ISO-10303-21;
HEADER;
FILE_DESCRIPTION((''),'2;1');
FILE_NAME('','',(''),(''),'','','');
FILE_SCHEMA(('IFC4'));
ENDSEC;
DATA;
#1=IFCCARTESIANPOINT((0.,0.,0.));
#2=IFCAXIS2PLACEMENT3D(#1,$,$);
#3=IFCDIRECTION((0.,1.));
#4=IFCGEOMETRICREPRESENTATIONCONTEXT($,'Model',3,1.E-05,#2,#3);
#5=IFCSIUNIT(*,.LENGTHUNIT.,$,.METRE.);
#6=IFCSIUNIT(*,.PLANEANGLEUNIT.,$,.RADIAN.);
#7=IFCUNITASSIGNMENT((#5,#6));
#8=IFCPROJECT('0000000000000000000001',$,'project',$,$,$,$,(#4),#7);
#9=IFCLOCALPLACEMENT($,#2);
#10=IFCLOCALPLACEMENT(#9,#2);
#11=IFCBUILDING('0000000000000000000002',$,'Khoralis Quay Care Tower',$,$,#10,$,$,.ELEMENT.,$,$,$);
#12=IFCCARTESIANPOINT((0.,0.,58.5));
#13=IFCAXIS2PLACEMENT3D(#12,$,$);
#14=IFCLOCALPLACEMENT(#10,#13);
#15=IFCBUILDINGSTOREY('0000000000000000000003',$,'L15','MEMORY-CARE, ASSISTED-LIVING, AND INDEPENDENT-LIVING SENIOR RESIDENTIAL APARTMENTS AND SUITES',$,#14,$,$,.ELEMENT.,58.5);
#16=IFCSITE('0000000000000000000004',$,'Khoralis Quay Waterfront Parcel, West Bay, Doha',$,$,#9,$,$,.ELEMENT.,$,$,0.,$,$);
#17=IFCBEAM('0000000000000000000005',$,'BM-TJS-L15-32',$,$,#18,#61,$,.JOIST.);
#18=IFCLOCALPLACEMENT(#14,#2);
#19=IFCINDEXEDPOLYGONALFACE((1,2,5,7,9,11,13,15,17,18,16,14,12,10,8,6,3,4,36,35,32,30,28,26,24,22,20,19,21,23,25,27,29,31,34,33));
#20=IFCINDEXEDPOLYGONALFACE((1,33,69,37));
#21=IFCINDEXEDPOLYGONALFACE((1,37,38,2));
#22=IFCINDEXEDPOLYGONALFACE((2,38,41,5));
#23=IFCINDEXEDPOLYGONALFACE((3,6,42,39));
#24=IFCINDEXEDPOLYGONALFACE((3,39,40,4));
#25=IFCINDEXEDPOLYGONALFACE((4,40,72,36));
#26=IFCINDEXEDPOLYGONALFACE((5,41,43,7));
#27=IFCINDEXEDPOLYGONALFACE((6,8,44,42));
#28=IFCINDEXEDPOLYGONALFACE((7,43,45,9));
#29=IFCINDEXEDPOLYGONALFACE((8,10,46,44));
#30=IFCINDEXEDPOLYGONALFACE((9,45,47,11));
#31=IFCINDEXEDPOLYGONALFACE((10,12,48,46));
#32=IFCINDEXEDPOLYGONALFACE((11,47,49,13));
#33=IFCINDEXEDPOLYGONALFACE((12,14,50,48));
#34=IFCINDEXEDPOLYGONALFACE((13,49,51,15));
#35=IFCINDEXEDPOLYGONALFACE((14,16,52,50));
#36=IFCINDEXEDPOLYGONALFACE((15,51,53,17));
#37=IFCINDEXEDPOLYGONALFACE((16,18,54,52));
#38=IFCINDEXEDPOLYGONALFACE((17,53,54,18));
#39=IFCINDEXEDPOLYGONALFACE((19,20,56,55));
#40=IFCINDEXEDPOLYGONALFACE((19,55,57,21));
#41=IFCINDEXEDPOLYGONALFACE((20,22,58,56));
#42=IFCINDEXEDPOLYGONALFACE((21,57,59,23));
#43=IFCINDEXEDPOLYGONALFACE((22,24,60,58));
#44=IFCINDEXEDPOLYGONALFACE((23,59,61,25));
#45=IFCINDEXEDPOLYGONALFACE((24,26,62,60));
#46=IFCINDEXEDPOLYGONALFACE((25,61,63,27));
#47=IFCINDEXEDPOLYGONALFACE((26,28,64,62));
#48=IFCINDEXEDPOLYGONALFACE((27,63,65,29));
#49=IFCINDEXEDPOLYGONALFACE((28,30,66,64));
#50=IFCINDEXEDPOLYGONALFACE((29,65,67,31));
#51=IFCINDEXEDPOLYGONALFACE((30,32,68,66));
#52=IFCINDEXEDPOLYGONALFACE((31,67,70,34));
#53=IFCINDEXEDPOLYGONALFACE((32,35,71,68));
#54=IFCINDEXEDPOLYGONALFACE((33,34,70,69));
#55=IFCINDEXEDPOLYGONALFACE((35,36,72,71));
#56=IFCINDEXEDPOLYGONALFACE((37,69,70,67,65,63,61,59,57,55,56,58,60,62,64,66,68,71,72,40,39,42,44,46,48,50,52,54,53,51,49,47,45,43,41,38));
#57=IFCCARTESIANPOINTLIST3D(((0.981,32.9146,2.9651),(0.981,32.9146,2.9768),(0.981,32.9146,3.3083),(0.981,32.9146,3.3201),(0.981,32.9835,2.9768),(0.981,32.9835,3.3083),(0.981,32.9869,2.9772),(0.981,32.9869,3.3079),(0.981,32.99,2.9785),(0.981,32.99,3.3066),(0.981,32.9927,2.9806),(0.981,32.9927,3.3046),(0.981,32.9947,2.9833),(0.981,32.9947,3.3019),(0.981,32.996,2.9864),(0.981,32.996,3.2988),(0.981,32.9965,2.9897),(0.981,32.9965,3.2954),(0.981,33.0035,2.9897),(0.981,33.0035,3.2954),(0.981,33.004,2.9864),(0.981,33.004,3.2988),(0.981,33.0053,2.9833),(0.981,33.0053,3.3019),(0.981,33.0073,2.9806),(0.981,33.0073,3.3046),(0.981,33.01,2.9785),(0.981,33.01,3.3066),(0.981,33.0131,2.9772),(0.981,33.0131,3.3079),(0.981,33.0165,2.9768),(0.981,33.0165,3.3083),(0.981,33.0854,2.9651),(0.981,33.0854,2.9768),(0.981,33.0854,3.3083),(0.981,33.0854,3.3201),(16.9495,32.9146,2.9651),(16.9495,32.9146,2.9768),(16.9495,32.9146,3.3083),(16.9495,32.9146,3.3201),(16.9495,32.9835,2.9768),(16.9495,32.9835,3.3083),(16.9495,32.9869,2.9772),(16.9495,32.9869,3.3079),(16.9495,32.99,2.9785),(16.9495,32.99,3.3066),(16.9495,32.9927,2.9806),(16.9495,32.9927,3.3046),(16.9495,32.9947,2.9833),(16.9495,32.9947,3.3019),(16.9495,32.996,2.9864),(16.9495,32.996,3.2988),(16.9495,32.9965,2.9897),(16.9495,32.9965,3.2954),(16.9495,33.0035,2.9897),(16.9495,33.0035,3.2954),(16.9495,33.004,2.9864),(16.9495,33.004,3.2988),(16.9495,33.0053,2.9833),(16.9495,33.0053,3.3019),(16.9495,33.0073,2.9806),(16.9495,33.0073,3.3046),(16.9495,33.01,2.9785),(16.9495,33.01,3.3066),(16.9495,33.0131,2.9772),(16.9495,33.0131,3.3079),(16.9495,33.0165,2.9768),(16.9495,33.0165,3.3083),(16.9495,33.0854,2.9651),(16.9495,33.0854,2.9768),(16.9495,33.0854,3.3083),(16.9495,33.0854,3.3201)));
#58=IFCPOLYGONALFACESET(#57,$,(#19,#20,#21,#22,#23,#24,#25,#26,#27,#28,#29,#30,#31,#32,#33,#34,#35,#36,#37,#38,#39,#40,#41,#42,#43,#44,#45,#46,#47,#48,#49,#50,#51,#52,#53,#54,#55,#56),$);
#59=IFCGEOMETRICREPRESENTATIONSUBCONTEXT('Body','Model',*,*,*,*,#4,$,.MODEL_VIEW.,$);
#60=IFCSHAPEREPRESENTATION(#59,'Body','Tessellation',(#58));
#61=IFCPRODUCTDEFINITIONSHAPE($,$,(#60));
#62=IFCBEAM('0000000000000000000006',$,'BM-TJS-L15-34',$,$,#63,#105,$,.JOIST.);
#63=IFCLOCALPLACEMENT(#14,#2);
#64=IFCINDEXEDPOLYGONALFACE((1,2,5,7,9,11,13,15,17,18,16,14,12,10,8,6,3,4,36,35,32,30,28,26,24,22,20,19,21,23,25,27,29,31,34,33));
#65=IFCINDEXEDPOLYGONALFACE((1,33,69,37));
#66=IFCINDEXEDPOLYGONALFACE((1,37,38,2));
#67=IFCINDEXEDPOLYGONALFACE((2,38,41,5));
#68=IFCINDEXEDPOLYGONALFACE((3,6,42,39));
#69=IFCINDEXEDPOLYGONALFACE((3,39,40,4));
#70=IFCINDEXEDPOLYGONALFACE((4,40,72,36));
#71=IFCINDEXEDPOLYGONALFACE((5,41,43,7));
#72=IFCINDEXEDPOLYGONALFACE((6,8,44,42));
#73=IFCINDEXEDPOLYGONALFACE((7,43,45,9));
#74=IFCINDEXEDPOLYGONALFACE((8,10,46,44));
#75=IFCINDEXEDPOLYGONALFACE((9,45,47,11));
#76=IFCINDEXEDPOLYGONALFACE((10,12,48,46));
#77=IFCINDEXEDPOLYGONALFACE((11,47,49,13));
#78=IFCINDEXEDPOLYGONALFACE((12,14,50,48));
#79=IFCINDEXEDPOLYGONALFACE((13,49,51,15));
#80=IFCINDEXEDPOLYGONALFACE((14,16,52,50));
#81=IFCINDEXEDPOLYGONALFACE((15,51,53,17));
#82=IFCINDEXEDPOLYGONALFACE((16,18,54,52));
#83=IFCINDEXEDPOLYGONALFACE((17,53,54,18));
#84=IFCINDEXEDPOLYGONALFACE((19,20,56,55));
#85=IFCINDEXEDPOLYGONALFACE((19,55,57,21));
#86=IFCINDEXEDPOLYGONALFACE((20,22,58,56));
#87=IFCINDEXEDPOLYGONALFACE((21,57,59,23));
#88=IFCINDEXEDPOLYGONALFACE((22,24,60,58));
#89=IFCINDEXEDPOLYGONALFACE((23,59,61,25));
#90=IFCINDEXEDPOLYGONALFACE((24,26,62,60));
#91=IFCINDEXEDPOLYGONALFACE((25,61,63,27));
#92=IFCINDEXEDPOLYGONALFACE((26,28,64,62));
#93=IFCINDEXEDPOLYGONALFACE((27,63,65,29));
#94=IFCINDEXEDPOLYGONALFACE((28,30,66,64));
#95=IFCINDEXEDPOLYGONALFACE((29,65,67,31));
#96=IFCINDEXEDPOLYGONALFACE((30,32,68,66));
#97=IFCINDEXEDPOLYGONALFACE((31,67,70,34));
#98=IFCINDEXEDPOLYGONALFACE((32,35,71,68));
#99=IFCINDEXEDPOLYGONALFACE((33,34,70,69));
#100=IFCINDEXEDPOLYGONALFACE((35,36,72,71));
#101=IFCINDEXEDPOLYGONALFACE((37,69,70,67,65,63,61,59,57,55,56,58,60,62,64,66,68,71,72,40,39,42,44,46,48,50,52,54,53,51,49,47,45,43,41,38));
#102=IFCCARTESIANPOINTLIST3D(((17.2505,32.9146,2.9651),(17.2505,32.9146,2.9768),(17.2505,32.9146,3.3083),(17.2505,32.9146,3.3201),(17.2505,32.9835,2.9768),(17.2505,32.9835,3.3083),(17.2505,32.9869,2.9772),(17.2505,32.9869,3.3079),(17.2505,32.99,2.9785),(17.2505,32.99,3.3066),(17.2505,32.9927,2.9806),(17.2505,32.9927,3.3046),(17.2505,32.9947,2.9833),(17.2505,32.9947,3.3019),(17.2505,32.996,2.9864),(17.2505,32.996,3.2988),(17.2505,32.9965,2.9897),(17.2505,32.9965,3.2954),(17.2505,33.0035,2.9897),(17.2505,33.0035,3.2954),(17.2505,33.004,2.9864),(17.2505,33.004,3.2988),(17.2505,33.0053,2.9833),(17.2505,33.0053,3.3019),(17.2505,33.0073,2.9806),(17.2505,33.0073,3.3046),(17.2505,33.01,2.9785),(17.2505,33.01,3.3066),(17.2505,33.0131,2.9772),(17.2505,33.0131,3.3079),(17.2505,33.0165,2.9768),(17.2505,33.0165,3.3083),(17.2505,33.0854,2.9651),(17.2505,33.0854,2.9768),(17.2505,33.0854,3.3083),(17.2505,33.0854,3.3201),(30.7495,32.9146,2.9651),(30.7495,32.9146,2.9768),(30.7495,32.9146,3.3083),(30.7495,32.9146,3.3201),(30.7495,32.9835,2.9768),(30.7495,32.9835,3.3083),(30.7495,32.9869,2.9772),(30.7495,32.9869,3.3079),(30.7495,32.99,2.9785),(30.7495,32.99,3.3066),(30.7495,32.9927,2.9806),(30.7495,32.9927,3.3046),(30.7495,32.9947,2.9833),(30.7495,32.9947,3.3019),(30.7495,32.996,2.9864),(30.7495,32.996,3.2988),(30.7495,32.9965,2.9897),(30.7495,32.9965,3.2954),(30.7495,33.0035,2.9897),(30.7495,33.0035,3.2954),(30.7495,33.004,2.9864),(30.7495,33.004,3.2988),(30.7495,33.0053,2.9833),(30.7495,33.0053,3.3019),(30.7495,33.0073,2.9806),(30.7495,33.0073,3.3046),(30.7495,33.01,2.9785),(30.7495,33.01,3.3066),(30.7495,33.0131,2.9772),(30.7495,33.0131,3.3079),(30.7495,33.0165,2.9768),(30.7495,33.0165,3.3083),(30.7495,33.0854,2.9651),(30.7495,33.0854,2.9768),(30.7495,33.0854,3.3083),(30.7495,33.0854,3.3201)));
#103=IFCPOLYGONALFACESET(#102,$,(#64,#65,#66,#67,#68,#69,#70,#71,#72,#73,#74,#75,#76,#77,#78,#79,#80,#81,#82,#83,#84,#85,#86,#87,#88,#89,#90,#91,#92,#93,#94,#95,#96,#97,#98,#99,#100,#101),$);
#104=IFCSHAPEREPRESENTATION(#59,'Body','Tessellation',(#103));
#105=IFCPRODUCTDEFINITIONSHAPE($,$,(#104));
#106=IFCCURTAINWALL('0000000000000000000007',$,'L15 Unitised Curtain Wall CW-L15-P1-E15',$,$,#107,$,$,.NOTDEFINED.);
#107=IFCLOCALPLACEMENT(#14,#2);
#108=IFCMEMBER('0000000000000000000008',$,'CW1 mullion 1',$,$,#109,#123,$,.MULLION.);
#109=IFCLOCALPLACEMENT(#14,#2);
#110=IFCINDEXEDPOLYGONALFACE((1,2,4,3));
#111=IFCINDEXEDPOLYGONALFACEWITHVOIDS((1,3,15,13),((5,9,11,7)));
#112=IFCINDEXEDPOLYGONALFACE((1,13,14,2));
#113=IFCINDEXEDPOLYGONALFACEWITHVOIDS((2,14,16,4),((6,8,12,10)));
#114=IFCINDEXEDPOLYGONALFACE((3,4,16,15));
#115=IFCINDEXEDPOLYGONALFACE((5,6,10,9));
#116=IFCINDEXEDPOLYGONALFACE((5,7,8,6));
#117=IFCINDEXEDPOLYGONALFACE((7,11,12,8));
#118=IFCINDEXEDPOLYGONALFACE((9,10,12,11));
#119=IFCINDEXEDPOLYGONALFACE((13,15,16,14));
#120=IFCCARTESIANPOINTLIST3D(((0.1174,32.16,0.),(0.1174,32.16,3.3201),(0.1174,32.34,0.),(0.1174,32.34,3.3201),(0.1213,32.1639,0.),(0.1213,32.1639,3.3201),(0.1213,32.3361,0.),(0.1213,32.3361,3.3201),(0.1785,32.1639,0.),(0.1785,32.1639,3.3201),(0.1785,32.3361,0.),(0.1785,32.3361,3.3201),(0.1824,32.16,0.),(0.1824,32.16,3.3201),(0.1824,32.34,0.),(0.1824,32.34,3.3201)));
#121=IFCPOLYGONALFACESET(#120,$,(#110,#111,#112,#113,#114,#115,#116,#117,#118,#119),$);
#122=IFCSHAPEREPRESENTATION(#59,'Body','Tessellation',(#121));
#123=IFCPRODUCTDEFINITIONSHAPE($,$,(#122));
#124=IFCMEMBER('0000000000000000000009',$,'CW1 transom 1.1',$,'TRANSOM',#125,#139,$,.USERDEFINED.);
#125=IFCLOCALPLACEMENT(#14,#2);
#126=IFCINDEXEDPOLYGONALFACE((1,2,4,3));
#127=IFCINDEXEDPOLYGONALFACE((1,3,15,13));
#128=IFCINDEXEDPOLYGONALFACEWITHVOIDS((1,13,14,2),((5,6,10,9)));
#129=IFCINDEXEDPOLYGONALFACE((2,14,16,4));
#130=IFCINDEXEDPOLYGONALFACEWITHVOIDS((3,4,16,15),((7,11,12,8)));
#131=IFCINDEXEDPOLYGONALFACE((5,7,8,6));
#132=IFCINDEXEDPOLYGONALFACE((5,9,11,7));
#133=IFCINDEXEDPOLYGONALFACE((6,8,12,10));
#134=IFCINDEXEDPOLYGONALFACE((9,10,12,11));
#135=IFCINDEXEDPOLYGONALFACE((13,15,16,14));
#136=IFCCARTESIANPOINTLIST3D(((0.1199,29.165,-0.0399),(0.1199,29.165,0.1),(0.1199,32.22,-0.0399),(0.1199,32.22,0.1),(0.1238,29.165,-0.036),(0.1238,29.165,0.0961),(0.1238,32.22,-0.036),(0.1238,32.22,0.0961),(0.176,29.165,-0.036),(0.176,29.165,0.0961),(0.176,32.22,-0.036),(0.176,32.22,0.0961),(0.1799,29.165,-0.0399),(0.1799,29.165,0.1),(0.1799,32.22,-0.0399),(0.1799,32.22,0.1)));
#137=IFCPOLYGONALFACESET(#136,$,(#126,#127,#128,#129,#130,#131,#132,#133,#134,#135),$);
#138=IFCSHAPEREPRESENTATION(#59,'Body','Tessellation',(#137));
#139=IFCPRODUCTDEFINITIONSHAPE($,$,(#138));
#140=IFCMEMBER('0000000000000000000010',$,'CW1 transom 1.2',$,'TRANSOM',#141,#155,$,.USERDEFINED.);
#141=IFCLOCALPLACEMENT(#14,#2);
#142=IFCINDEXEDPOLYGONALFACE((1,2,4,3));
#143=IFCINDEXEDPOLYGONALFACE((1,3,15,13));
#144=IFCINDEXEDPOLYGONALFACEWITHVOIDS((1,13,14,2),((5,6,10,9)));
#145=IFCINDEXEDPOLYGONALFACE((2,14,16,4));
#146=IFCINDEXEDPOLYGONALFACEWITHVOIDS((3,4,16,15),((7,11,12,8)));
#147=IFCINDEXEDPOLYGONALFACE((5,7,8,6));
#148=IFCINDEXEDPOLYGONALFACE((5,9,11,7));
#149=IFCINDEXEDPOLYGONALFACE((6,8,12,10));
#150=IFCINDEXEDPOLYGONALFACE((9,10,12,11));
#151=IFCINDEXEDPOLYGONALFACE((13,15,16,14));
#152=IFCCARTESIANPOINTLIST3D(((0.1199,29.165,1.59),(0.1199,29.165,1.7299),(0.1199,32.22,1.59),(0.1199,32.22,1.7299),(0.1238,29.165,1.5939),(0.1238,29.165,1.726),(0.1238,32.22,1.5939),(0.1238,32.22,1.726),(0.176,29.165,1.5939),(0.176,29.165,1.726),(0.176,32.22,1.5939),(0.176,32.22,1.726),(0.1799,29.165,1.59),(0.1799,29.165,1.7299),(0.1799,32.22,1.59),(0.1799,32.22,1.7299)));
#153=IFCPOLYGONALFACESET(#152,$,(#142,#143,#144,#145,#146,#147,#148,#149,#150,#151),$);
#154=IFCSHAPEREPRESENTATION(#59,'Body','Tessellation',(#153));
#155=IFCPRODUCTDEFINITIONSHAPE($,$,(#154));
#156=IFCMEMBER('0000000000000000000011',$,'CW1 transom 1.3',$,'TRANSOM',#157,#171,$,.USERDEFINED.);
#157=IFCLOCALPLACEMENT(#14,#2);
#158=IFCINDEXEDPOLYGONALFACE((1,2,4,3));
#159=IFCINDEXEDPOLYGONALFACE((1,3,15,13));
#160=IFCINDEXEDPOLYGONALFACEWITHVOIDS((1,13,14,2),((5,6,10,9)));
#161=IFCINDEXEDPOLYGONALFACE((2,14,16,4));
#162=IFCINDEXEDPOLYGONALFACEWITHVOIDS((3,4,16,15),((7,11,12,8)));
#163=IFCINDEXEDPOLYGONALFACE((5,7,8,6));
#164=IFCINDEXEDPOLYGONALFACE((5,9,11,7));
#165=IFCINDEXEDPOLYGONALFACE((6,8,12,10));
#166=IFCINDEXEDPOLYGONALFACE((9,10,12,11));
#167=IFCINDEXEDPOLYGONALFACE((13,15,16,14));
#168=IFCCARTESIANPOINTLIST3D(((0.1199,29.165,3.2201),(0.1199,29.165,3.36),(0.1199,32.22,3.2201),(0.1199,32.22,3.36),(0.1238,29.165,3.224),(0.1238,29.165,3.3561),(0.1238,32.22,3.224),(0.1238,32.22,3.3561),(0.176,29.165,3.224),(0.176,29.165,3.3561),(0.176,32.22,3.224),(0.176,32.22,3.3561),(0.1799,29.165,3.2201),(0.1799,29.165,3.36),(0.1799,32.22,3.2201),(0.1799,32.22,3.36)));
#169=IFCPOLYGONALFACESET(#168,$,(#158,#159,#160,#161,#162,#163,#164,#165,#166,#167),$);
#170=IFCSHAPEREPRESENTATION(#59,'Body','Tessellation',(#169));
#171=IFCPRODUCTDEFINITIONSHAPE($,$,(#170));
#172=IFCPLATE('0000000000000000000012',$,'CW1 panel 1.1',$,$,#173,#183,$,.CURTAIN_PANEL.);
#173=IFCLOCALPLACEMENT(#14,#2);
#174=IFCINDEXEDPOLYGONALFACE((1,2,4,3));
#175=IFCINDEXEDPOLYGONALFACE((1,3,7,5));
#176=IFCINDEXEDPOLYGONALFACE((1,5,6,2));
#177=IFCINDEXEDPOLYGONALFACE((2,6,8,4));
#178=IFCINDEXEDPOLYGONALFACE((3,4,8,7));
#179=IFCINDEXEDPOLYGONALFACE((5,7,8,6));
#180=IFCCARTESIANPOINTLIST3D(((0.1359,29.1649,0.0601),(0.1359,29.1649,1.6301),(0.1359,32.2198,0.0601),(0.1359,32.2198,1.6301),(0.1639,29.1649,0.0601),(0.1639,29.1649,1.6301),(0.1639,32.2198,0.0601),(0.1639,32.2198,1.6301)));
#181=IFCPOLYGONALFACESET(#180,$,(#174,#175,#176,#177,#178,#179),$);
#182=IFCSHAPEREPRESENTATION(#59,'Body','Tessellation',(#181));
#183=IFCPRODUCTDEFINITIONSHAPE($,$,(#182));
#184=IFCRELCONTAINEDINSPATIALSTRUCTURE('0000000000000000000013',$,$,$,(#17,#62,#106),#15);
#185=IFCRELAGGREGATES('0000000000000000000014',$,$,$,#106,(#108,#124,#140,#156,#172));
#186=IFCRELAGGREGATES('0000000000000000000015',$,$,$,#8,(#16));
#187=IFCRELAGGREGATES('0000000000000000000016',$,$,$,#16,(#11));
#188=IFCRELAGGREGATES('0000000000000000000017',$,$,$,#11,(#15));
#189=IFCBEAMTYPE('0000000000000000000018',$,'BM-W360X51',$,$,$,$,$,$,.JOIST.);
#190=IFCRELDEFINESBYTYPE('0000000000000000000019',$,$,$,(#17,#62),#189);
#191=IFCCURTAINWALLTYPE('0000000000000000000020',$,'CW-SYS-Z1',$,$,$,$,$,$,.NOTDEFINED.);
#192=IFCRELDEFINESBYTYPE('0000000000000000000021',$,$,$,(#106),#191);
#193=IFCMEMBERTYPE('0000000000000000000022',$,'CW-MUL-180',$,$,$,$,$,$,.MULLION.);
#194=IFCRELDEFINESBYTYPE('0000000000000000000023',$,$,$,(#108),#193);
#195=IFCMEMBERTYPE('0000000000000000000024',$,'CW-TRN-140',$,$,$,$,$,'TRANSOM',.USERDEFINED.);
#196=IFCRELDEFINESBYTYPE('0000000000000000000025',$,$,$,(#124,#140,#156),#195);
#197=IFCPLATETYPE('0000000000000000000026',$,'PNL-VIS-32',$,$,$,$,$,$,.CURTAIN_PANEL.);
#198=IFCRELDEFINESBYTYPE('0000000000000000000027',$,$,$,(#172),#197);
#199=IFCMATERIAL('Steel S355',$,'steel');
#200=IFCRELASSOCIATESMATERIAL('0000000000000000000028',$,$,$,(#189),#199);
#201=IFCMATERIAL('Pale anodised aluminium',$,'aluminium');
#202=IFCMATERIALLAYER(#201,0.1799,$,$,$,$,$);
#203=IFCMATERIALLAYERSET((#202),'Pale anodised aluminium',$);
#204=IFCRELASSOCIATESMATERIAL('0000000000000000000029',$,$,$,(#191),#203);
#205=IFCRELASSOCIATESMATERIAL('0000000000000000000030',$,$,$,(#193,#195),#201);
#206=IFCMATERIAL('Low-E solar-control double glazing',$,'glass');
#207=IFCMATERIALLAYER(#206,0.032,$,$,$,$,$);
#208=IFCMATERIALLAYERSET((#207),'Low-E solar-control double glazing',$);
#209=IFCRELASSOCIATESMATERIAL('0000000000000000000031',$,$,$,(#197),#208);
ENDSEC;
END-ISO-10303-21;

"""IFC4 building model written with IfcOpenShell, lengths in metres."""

from ifc_helpers import new_model, si_unit, direction, frame, origin, origin_2d, place, context, subcontext, project, spatial, rectangle, hollow_rectangle, i_section, extrude, source, transform, mapped, material, layer, layer_set, material_profile, profile_set, type_object, element, aggregate, save


model = new_model("IFC4")

# Units and contexts
model_context = context("Model", 3, precision=1e-05, world=origin(), true_north=direction((0.0, 1.0)))
body_context = subcontext(model_context, "Body", "Model", "MODEL_VIEW")
ifc_project = project(units=[si_unit("LENGTHUNIT", "METRE"), si_unit("PLANEANGLEUNIT", "RADIAN")], contexts=[model_context])

# Site, building, storey
site_placement = place(None, origin())
site = spatial("IfcSite", under=ifc_project, at=site_placement, Name="Khoralis Quay Waterfront Parcel, West Bay, Doha", CompositionType="ELEMENT", RefElevation=0.0)
building_placement = place(site_placement, origin())
building = spatial("IfcBuilding", under=site, at=building_placement, Name="Khoralis Quay Care Tower", CompositionType="ELEMENT")
storey_placement = place(building_placement, frame((0.0, 0.0, 58.5)))
storey = spatial("IfcBuildingStorey", under=building, at=storey_placement, Name="L15", Description="MEMORY-CARE, ASSISTED-LIVING, AND INDEPENDENT-LIVING SENIOR RESIDENTIAL APARTMENTS AND SUITES", CompositionType="ELEMENT", Elevation=58.5)

# Beams
ifc_material_1 = material(Name="Steel S355", Category="steel")
ifc_material_profile_1 = material_profile(ifc_material_1, i_section(OverallWidth=0.1709, OverallDepth=0.355, WebThickness=0.0071, FlangeThickness=0.0117, FilletRadius=0.0129, at=origin_2d()), Name="Steel S355")
ifc_profile_set_1 = profile_set([ifc_material_profile_1], Name="Steel S355")
beam_type_1 = type_object("IfcBeamType", Name="BM-W360X51", PredefinedType="JOIST", material=ifc_profile_set_1)
shared_shape_1 = source(origin(), body_context, "Body", "SweptSolid", [
    extrude(i_section(OverallWidth=0.1709, OverallDepth=0.355, WebThickness=0.0071, FlangeThickness=0.0117, FilletRadius=0.0129, at=origin_2d()), origin(), (0.0, 0.0, 1.0), 15.9685),
])
beam_1_placement = place(storey_placement, frame((0.981, 33.0, 3.1426), z_axis=(1.0, 0.0, 0.0), x_axis=(0.0, 1.0, 0.0)))
element("IfcBeam", 1, at=beam_1_placement, inside=storey, type_object=beam_type_1, Name="BM-TJS-L15-32", PredefinedType="JOIST", context=body_context, shape_type="MappedRepresentation", body=[
    mapped(shared_shape_1, transform((0.0, 0.0, 0.0), scale=1.0)),
])
shared_shape_2 = source(origin(), body_context, "Body", "SweptSolid", [
    extrude(i_section(OverallWidth=0.1709, OverallDepth=0.355, WebThickness=0.0071, FlangeThickness=0.0117, FilletRadius=0.0129, at=origin_2d()), origin(), (0.0, 0.0, 1.0), 13.499),
])
beam_2_placement = place(storey_placement, frame((17.2505, 33.0, 3.1426), z_axis=(1.0, 0.0, 0.0), x_axis=(0.0, 1.0, 0.0)))
element("IfcBeam", 2, at=beam_2_placement, inside=storey, type_object=beam_type_1, Name="BM-TJS-L15-34", PredefinedType="JOIST", context=body_context, shape_type="MappedRepresentation", body=[
    mapped(shared_shape_2, transform((0.0, 0.0, 0.0), scale=1.0)),
])

# Curtain wall, members, plate
ifc_material_2 = material(Name="Pale anodised aluminium", Category="aluminium")
ifc_layer_1 = layer(ifc_material_2, 0.1799)
ifc_layer_set_1 = layer_set([ifc_layer_1], Name="Pale anodised aluminium")
curtain_wall_type = type_object("IfcCurtainWallType", Name="CW-SYS-Z1", PredefinedType="NOTDEFINED", material=ifc_layer_set_1)
curtain_wall_placement = place(storey_placement, origin())
curtain_wall = element("IfcCurtainWall", 3, at=curtain_wall_placement, inside=storey, type_object=curtain_wall_type, Name="L15 Unitised Curtain Wall CW-L15-P1-E15", PredefinedType="NOTDEFINED")
ifc_material_profile_2 = material_profile(ifc_material_2, hollow_rectangle(XDim=0.0649, YDim=0.1799, WallThickness=0.0039, at=origin_2d()), Name="Pale anodised aluminium")
ifc_profile_set_2 = profile_set([ifc_material_profile_2], Name="Pale anodised aluminium")
member_type_1 = type_object("IfcMemberType", Name="CW-MUL-180", PredefinedType="MULLION", material=ifc_profile_set_2)
shared_shape_3 = source(origin(), body_context, "Body", "SweptSolid", [
    extrude(hollow_rectangle(XDim=0.0649, YDim=0.1799, WallThickness=0.0039, at=origin_2d()), origin(), (0.0, 0.0, 1.0), 3.3201),
])
member_1_placement = place(storey_placement, frame((0.1499, 32.25, 0.0), z_axis=(0.0, 0.0, 1.0), x_axis=(1.0, 0.0, 0.0)))
member_1 = element("IfcMember", 4, at=member_1_placement, type_object=member_type_1, Name="CW1 mullion 1", PredefinedType="MULLION", context=body_context, shape_type="MappedRepresentation", body=[
    mapped(shared_shape_3, transform((0.0, 0.0, 0.0), scale=1.0)),
])
ifc_material_profile_3 = material_profile(ifc_material_2, hollow_rectangle(XDim=0.0601, YDim=0.1399, WallThickness=0.0039, at=origin_2d()), Name="Pale anodised aluminium")
ifc_profile_set_3 = profile_set([ifc_material_profile_3], Name="Pale anodised aluminium")
member_type_2 = type_object("IfcMemberType", Name="CW-TRN-140", ElementType="TRANSOM", PredefinedType="USERDEFINED", material=ifc_profile_set_3)
shared_shape_4 = source(origin(), body_context, "Body", "SweptSolid", [
    extrude(hollow_rectangle(XDim=0.0601, YDim=0.1399, WallThickness=0.0039, at=origin_2d()), origin(), (0.0, 0.0, 1.0), 3.0549),
])
member_2_placement = place(storey_placement, frame((0.1499, 32.22, 0.03), z_axis=(0.0, -1.0, 0.0), x_axis=(1.0, 0.0, 0.0)))
member_2 = element("IfcMember", 5, at=member_2_placement, type_object=member_type_2, Name="CW1 transom 1.1", ObjectType="TRANSOM", PredefinedType="USERDEFINED", context=body_context, shape_type="MappedRepresentation", body=[
    mapped(shared_shape_4, transform((0.0, 0.0, 0.0), scale=1.0)),
])
member_3_placement = place(storey_placement, frame((0.1499, 32.22, 1.6599), z_axis=(0.0, -1.0, 0.0), x_axis=(1.0, 0.0, 0.0)))
member_3 = element("IfcMember", 6, at=member_3_placement, type_object=member_type_2, Name="CW1 transom 1.2", ObjectType="TRANSOM", PredefinedType="USERDEFINED", context=body_context, shape_type="MappedRepresentation", body=[
    mapped(shared_shape_4, transform((0.0, 0.0, 0.0), scale=1.0)),
])
member_4_placement = place(storey_placement, frame((0.1499, 32.22, 3.29), z_axis=(0.0, -1.0, 0.0), x_axis=(1.0, 0.0, 0.0)))
member_4 = element("IfcMember", 7, at=member_4_placement, type_object=member_type_2, Name="CW1 transom 1.3", ObjectType="TRANSOM", PredefinedType="USERDEFINED", context=body_context, shape_type="MappedRepresentation", body=[
    mapped(shared_shape_4, transform((0.0, 0.0, 0.0), scale=1.0)),
])
ifc_material_3 = material(Name="Low-E solar-control double glazing", Category="glass")
ifc_layer_2 = layer(ifc_material_3, 0.032)
ifc_layer_set_2 = layer_set([ifc_layer_2], Name="Low-E solar-control double glazing")
plate_type = type_object("IfcPlateType", Name="PNL-VIS-32", PredefinedType="CURTAIN_PANEL", material=ifc_layer_set_2)
shared_shape_5 = source(origin(), body_context, "Body", "SweptSolid", [
    extrude(rectangle(XDim=3.0549, YDim=0.0281, at=origin_2d()), origin(), (0.0, 0.0, 1.0), 1.5701),
])
plate_1_placement = place(storey_placement, frame((0.1499, 30.6924, 0.0601), z_axis=(0.0, 0.0, 1.0), x_axis=(0.0, -1.0, 0.0)))
plate_1 = element("IfcPlate", 8, at=plate_1_placement, type_object=plate_type, Name="CW1 panel 1.1", PredefinedType="CURTAIN_PANEL", context=body_context, shape_type="MappedRepresentation", body=[
    mapped(shared_shape_5, transform((0.0, 0.0, 0.0), scale=1.0)),
])
aggregate(curtain_wall, [member_1, member_2, member_3, member_4, plate_1])

save(model, "model.ifc")
